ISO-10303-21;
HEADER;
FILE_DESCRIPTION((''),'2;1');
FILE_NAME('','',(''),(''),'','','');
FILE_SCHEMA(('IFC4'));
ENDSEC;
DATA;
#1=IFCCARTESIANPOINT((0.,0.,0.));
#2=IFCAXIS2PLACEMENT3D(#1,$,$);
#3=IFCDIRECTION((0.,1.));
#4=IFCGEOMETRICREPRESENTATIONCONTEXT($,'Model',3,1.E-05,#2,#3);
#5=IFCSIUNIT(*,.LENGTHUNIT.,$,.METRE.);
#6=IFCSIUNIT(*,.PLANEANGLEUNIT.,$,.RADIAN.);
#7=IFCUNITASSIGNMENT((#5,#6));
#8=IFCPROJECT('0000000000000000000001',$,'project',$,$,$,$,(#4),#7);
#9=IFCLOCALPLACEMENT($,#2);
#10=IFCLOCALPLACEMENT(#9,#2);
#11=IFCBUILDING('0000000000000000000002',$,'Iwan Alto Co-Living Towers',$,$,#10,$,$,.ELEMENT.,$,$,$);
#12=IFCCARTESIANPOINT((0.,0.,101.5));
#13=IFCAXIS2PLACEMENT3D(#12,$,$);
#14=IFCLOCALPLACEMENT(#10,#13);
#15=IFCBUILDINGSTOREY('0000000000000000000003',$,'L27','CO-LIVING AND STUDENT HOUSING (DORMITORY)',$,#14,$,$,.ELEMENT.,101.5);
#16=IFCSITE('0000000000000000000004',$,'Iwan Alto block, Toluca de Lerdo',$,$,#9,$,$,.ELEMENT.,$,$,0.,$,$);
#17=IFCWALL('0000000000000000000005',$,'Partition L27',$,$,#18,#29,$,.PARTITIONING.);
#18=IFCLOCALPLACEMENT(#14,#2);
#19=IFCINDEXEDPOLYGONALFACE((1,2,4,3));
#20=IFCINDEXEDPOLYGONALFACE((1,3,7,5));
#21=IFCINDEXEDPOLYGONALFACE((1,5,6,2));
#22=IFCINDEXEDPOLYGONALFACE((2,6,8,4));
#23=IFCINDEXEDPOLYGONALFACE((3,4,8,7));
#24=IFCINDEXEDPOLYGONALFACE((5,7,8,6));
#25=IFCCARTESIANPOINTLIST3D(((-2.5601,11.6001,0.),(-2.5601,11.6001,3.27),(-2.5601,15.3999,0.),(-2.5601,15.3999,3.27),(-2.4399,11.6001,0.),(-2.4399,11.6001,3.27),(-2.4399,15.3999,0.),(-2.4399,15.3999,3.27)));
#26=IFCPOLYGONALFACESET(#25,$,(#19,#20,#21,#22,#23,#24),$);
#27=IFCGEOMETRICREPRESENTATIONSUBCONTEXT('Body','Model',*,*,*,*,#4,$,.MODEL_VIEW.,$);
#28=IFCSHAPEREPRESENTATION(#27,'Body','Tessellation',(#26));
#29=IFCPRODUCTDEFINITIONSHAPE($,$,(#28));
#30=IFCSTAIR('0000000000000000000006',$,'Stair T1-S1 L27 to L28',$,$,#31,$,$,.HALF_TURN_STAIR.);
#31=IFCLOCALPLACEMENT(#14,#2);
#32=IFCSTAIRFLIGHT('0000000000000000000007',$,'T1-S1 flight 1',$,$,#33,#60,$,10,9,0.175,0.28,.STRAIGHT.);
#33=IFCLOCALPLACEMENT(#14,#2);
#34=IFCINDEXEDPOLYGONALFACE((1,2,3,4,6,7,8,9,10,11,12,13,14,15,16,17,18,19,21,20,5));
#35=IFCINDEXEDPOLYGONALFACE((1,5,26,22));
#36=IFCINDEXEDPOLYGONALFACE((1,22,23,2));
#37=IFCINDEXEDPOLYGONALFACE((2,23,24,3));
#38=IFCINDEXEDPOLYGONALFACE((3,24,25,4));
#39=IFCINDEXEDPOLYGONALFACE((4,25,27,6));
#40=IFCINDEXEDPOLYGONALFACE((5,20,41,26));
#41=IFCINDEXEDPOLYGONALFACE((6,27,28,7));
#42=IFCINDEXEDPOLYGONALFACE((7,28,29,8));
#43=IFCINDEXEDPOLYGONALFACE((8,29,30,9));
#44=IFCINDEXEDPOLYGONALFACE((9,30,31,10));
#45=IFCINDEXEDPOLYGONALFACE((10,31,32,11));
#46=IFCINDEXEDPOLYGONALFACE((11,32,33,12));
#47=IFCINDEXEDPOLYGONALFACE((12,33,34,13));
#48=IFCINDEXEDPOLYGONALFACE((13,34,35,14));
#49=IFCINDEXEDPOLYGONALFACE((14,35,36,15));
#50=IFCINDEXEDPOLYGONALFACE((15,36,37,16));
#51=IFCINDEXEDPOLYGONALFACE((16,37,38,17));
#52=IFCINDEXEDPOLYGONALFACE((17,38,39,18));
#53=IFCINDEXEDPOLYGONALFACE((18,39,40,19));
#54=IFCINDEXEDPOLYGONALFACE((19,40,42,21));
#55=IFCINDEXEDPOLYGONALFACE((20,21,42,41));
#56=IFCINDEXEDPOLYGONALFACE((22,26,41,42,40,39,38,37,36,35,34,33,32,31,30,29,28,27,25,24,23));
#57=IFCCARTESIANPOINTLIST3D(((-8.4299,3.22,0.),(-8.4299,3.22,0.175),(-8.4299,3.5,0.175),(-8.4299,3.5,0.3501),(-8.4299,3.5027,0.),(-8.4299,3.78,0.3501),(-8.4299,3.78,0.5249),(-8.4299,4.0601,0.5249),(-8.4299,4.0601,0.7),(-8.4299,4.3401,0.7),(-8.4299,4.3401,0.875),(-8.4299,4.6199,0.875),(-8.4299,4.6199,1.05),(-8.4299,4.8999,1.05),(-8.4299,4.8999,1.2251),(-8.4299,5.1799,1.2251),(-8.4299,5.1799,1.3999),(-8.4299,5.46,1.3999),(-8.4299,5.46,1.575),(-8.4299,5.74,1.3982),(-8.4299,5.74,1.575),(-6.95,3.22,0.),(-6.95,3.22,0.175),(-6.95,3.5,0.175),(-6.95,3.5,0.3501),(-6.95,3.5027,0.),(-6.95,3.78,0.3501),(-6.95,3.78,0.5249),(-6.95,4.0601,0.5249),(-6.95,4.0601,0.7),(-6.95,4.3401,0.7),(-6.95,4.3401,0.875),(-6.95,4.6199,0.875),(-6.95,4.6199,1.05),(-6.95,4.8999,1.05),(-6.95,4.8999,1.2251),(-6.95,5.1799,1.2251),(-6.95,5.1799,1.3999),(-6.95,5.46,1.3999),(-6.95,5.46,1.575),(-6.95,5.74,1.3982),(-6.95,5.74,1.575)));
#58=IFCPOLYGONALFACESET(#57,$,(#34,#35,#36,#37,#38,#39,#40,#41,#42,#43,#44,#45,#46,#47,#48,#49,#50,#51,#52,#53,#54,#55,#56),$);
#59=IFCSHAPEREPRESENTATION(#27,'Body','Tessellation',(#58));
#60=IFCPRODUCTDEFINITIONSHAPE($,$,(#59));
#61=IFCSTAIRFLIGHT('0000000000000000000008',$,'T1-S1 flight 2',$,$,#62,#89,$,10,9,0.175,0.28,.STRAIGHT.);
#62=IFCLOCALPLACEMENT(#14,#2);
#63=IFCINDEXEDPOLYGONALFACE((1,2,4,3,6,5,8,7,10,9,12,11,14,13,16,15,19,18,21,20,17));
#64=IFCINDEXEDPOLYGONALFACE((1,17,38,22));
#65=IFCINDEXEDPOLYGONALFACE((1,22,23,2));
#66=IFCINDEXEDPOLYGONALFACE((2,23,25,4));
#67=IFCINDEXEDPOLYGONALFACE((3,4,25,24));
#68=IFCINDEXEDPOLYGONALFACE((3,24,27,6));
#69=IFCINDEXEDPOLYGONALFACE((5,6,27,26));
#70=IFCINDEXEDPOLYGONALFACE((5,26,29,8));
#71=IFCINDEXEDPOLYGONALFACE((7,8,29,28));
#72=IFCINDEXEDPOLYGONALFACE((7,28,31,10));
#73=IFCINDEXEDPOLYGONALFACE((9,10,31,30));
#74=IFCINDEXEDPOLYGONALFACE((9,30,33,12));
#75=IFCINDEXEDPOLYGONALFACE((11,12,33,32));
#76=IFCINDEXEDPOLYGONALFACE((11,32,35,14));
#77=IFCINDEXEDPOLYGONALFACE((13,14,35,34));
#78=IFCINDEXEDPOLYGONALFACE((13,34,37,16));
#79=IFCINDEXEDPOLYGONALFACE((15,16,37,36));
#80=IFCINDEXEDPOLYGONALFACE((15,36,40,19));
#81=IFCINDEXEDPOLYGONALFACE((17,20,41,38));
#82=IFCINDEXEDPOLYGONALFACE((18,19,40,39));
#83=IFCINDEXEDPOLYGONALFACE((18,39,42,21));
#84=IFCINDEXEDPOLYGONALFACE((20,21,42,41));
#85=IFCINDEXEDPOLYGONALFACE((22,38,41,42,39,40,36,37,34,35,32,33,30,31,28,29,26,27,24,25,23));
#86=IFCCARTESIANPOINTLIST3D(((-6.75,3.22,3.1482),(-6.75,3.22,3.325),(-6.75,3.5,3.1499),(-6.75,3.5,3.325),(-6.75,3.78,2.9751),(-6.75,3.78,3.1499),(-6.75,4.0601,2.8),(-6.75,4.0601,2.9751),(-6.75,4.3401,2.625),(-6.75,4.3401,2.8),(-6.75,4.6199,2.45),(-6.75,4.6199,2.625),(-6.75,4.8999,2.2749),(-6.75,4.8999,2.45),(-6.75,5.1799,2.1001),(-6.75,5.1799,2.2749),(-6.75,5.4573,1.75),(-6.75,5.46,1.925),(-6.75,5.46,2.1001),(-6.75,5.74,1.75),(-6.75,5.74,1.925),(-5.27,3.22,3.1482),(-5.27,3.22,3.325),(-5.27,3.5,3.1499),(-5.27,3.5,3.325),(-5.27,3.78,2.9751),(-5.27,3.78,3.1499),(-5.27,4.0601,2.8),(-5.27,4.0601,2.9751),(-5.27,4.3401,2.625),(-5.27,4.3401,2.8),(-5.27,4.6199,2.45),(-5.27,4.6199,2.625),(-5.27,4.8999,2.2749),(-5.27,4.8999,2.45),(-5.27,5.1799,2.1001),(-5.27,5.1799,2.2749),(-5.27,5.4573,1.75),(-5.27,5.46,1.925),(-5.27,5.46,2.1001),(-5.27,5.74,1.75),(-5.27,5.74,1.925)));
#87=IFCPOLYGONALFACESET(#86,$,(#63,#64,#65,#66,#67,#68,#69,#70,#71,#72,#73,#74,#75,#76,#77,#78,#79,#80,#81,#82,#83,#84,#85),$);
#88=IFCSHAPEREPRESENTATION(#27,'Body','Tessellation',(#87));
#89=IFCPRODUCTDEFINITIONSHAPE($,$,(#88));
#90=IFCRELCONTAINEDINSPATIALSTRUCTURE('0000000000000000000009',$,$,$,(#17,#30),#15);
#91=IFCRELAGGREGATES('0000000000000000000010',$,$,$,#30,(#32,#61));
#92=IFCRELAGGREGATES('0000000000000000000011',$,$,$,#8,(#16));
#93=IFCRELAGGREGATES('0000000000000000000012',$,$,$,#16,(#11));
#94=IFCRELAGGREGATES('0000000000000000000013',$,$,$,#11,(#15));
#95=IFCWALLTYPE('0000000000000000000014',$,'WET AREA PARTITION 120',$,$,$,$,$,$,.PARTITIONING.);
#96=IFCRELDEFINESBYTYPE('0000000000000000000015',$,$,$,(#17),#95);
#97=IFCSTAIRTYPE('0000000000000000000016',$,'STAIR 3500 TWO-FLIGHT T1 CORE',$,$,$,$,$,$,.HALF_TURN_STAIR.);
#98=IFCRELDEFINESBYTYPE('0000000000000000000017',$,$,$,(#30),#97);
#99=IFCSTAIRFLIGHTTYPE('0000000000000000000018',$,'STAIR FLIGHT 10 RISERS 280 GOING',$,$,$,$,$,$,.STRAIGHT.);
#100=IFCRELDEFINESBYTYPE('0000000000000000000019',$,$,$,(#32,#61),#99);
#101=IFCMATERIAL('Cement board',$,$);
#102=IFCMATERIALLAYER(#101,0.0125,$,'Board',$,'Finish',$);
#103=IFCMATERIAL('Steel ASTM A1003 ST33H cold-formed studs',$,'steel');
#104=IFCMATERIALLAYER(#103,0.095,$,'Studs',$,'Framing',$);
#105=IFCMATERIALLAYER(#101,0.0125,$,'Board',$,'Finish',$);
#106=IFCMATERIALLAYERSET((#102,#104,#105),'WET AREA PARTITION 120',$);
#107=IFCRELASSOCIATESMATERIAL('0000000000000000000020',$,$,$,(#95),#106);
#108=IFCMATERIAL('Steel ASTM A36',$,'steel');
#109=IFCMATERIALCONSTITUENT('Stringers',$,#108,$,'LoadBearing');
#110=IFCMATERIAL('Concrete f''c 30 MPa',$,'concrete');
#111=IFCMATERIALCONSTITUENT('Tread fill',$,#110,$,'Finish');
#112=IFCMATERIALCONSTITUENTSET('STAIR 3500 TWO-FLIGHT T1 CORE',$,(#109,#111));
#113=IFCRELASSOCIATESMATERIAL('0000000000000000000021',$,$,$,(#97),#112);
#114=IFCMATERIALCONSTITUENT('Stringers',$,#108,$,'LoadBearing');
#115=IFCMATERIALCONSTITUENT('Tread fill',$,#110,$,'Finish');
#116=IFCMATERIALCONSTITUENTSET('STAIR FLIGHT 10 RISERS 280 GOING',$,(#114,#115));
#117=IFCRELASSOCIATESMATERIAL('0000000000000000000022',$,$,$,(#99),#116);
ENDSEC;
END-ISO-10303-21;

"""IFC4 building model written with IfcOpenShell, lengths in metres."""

from ifc_helpers import new_model, si_unit, direction, frame, frame_2d, origin, place, context, subcontext, project, spatial, polyline, rectangle, outline, extrude, material, layer, layer_set, constituent, constituent_set, type_object, element, aggregate, save


model = new_model("IFC4")

# Units and contexts
model_context = context("Model", 3, precision=1e-05, world=origin(), true_north=direction((0.0, 1.0)))
body_context = subcontext(model_context, "Body", "Model", "MODEL_VIEW")
ifc_project = project(units=[si_unit("LENGTHUNIT", "METRE"), si_unit("PLANEANGLEUNIT", "RADIAN")], contexts=[model_context])

# Site, building, storey
site_placement = place(None, origin())
site = spatial("IfcSite", under=ifc_project, at=site_placement, Name="Iwan Alto block, Toluca de Lerdo", CompositionType="ELEMENT", RefElevation=0.0)
building_placement = place(site_placement, origin())
building = spatial("IfcBuilding", under=site, at=building_placement, Name="Iwan Alto Co-Living Towers", CompositionType="ELEMENT")
storey_placement = place(building_placement, frame((0.0, 0.0, 101.5)))
storey = spatial("IfcBuildingStorey", under=building, at=storey_placement, Name="L27", Description="CO-LIVING AND STUDENT HOUSING (DORMITORY)", CompositionType="ELEMENT", Elevation=101.5)

# Shared definitions
ifc_material_1 = material(Name="Steel ASTM A1003 ST33H cold-formed studs", Category="steel")

# Shared definitions
ifc_material_2 = material(Name="Cement board")
ifc_layer_1 = layer(ifc_material_2, 0.0125, Name="Board", Category="Finish")
ifc_layer_2 = layer(ifc_material_1, 0.095, Name="Studs", Category="Framing")
ifc_layer_3 = layer(ifc_material_2, 0.0125, Name="Board", Category="Finish")
ifc_layer_set_1 = layer_set([ifc_layer_1, ifc_layer_2, ifc_layer_3], Name="WET AREA PARTITION 120")
wall_type_1 = type_object("IfcWallType", Name="WET AREA PARTITION 120", PredefinedType="PARTITIONING", material=ifc_layer_set_1)

# Wall
wall_1_placement = place(storey_placement, frame((-2.5, 11.6001, 0.0), z_axis=(0.0, 0.0, 1.0), x_axis=(0.0, 1.0, 0.0)))
element("IfcWall", 1, at=wall_1_placement, inside=storey, type_object=wall_type_1, Name="Partition L27", PredefinedType="PARTITIONING", context=body_context, shape_type="SweptSolid", body=[
    extrude(rectangle(XDim=3.7998, YDim=0.1201, at=frame_2d((1.8999, 0.0))), origin(), (0.0, 0.0, 1.0), 3.27),
])

# Stair, stair flights
ifc_material_3 = material(Name="Steel ASTM A36", Category="steel")
ifc_constituent_1 = constituent(ifc_material_3, Name="Stringers", Category="LoadBearing")
ifc_material_4 = material(Name="Concrete f'c 30 MPa", Category="concrete")
ifc_constituent_2 = constituent(ifc_material_4, Name="Tread fill", Category="Finish")
ifc_constituent_set_1 = constituent_set(constituents=[ifc_constituent_1, ifc_constituent_2], Name="STAIR 3500 TWO-FLIGHT T1 CORE")
stair_type = type_object("IfcStairType", Name="STAIR 3500 TWO-FLIGHT T1 CORE", PredefinedType="HALF_TURN_STAIR", material=ifc_constituent_set_1)
stair_placement = place(storey_placement, origin())
stair = element("IfcStair", 2, at=stair_placement, inside=storey, type_object=stair_type, Name="Stair T1-S1 L27 to L28", PredefinedType="HALF_TURN_STAIR")
ifc_constituent_3 = constituent(ifc_material_3, Name="Stringers", Category="LoadBearing")
ifc_constituent_4 = constituent(ifc_material_4, Name="Tread fill", Category="Finish")
ifc_constituent_set_2 = constituent_set(constituents=[ifc_constituent_3, ifc_constituent_4], Name="STAIR FLIGHT 10 RISERS 280 GOING")
stair_flight_type = type_object("IfcStairFlightType", Name="STAIR FLIGHT 10 RISERS 280 GOING", PredefinedType="STRAIGHT", material=ifc_constituent_set_2)
stair_flight_1_placement = place(storey_placement, frame((-7.6899, 3.22, 0.0), z_axis=(0.0, 0.0, 1.0), x_axis=(0.0, 1.0, 0.0)))
stair_flight_1 = element("IfcStairFlight", 3, at=stair_flight_1_placement, type_object=stair_flight_type, Name="T1-S1 flight 1", NumberOfRisers=10, NumberOfTreads=9, PredefinedType="STRAIGHT", RiserHeight=0.175, TreadLength=0.28, context=body_context, shape_type="SweptSolid", body=[
    extrude(outline(polyline([(0.0, 0.0), (0.0, 0.175), (0.28, 0.175), (0.28, 0.3501), (0.5601, 0.3501), (0.5601, 0.5249), (0.8401, 0.5249), (0.8401, 0.7), (1.1201, 0.7), (1.1201, 0.875), (1.3999, 0.875), (1.3999, 1.05), (1.6799, 1.05), (1.6799, 1.2251), (1.96, 1.2251), (1.96, 1.3999), (2.24, 1.3999), (2.24, 1.575), (2.52, 1.575), (2.52, 1.75), (2.52, 1.3982), (0.2827, 0.0), (0.0, 0.0)])), frame((0.0, 0.74, 0.0), z_axis=(0.0, -1.0, 0.0), x_axis=(1.0, 0.0, 0.0)), (0.0, 0.0, 1.0), 1.48),
])
stair_flight_2_placement = place(storey_placement, frame((-6.01, 5.74, 1.75), z_axis=(0.0, 0.0, 1.0), x_axis=(0.0, -1.0, 0.0)))
stair_flight_2 = element("IfcStairFlight", 4, at=stair_flight_2_placement, type_object=stair_flight_type, Name="T1-S1 flight 2", NumberOfRisers=10, NumberOfTreads=9, PredefinedType="STRAIGHT", RiserHeight=0.175, TreadLength=0.28, context=body_context, shape_type="SweptSolid", body=[
    extrude(outline(polyline([(0.0, 0.0), (0.0, 0.175), (0.28, 0.175), (0.28, 0.3501), (0.5601, 0.3501), (0.5601, 0.5249), (0.8401, 0.5249), (0.8401, 0.7), (1.1201, 0.7), (1.1201, 0.875), (1.3999, 0.875), (1.3999, 1.05), (1.6799, 1.05), (1.6799, 1.2251), (1.96, 1.2251), (1.96, 1.3999), (2.24, 1.3999), (2.24, 1.575), (2.52, 1.575), (2.52, 1.75), (2.52, 1.3982), (0.2827, 0.0), (0.0, 0.0)])), frame((0.0, 0.74, 0.0), z_axis=(0.0, -1.0, 0.0), x_axis=(1.0, 0.0, 0.0)), (0.0, 0.0, 1.0), 1.48),
])
aggregate(stair, [stair_flight_1, stair_flight_2])

save(model, "model.ifc")
